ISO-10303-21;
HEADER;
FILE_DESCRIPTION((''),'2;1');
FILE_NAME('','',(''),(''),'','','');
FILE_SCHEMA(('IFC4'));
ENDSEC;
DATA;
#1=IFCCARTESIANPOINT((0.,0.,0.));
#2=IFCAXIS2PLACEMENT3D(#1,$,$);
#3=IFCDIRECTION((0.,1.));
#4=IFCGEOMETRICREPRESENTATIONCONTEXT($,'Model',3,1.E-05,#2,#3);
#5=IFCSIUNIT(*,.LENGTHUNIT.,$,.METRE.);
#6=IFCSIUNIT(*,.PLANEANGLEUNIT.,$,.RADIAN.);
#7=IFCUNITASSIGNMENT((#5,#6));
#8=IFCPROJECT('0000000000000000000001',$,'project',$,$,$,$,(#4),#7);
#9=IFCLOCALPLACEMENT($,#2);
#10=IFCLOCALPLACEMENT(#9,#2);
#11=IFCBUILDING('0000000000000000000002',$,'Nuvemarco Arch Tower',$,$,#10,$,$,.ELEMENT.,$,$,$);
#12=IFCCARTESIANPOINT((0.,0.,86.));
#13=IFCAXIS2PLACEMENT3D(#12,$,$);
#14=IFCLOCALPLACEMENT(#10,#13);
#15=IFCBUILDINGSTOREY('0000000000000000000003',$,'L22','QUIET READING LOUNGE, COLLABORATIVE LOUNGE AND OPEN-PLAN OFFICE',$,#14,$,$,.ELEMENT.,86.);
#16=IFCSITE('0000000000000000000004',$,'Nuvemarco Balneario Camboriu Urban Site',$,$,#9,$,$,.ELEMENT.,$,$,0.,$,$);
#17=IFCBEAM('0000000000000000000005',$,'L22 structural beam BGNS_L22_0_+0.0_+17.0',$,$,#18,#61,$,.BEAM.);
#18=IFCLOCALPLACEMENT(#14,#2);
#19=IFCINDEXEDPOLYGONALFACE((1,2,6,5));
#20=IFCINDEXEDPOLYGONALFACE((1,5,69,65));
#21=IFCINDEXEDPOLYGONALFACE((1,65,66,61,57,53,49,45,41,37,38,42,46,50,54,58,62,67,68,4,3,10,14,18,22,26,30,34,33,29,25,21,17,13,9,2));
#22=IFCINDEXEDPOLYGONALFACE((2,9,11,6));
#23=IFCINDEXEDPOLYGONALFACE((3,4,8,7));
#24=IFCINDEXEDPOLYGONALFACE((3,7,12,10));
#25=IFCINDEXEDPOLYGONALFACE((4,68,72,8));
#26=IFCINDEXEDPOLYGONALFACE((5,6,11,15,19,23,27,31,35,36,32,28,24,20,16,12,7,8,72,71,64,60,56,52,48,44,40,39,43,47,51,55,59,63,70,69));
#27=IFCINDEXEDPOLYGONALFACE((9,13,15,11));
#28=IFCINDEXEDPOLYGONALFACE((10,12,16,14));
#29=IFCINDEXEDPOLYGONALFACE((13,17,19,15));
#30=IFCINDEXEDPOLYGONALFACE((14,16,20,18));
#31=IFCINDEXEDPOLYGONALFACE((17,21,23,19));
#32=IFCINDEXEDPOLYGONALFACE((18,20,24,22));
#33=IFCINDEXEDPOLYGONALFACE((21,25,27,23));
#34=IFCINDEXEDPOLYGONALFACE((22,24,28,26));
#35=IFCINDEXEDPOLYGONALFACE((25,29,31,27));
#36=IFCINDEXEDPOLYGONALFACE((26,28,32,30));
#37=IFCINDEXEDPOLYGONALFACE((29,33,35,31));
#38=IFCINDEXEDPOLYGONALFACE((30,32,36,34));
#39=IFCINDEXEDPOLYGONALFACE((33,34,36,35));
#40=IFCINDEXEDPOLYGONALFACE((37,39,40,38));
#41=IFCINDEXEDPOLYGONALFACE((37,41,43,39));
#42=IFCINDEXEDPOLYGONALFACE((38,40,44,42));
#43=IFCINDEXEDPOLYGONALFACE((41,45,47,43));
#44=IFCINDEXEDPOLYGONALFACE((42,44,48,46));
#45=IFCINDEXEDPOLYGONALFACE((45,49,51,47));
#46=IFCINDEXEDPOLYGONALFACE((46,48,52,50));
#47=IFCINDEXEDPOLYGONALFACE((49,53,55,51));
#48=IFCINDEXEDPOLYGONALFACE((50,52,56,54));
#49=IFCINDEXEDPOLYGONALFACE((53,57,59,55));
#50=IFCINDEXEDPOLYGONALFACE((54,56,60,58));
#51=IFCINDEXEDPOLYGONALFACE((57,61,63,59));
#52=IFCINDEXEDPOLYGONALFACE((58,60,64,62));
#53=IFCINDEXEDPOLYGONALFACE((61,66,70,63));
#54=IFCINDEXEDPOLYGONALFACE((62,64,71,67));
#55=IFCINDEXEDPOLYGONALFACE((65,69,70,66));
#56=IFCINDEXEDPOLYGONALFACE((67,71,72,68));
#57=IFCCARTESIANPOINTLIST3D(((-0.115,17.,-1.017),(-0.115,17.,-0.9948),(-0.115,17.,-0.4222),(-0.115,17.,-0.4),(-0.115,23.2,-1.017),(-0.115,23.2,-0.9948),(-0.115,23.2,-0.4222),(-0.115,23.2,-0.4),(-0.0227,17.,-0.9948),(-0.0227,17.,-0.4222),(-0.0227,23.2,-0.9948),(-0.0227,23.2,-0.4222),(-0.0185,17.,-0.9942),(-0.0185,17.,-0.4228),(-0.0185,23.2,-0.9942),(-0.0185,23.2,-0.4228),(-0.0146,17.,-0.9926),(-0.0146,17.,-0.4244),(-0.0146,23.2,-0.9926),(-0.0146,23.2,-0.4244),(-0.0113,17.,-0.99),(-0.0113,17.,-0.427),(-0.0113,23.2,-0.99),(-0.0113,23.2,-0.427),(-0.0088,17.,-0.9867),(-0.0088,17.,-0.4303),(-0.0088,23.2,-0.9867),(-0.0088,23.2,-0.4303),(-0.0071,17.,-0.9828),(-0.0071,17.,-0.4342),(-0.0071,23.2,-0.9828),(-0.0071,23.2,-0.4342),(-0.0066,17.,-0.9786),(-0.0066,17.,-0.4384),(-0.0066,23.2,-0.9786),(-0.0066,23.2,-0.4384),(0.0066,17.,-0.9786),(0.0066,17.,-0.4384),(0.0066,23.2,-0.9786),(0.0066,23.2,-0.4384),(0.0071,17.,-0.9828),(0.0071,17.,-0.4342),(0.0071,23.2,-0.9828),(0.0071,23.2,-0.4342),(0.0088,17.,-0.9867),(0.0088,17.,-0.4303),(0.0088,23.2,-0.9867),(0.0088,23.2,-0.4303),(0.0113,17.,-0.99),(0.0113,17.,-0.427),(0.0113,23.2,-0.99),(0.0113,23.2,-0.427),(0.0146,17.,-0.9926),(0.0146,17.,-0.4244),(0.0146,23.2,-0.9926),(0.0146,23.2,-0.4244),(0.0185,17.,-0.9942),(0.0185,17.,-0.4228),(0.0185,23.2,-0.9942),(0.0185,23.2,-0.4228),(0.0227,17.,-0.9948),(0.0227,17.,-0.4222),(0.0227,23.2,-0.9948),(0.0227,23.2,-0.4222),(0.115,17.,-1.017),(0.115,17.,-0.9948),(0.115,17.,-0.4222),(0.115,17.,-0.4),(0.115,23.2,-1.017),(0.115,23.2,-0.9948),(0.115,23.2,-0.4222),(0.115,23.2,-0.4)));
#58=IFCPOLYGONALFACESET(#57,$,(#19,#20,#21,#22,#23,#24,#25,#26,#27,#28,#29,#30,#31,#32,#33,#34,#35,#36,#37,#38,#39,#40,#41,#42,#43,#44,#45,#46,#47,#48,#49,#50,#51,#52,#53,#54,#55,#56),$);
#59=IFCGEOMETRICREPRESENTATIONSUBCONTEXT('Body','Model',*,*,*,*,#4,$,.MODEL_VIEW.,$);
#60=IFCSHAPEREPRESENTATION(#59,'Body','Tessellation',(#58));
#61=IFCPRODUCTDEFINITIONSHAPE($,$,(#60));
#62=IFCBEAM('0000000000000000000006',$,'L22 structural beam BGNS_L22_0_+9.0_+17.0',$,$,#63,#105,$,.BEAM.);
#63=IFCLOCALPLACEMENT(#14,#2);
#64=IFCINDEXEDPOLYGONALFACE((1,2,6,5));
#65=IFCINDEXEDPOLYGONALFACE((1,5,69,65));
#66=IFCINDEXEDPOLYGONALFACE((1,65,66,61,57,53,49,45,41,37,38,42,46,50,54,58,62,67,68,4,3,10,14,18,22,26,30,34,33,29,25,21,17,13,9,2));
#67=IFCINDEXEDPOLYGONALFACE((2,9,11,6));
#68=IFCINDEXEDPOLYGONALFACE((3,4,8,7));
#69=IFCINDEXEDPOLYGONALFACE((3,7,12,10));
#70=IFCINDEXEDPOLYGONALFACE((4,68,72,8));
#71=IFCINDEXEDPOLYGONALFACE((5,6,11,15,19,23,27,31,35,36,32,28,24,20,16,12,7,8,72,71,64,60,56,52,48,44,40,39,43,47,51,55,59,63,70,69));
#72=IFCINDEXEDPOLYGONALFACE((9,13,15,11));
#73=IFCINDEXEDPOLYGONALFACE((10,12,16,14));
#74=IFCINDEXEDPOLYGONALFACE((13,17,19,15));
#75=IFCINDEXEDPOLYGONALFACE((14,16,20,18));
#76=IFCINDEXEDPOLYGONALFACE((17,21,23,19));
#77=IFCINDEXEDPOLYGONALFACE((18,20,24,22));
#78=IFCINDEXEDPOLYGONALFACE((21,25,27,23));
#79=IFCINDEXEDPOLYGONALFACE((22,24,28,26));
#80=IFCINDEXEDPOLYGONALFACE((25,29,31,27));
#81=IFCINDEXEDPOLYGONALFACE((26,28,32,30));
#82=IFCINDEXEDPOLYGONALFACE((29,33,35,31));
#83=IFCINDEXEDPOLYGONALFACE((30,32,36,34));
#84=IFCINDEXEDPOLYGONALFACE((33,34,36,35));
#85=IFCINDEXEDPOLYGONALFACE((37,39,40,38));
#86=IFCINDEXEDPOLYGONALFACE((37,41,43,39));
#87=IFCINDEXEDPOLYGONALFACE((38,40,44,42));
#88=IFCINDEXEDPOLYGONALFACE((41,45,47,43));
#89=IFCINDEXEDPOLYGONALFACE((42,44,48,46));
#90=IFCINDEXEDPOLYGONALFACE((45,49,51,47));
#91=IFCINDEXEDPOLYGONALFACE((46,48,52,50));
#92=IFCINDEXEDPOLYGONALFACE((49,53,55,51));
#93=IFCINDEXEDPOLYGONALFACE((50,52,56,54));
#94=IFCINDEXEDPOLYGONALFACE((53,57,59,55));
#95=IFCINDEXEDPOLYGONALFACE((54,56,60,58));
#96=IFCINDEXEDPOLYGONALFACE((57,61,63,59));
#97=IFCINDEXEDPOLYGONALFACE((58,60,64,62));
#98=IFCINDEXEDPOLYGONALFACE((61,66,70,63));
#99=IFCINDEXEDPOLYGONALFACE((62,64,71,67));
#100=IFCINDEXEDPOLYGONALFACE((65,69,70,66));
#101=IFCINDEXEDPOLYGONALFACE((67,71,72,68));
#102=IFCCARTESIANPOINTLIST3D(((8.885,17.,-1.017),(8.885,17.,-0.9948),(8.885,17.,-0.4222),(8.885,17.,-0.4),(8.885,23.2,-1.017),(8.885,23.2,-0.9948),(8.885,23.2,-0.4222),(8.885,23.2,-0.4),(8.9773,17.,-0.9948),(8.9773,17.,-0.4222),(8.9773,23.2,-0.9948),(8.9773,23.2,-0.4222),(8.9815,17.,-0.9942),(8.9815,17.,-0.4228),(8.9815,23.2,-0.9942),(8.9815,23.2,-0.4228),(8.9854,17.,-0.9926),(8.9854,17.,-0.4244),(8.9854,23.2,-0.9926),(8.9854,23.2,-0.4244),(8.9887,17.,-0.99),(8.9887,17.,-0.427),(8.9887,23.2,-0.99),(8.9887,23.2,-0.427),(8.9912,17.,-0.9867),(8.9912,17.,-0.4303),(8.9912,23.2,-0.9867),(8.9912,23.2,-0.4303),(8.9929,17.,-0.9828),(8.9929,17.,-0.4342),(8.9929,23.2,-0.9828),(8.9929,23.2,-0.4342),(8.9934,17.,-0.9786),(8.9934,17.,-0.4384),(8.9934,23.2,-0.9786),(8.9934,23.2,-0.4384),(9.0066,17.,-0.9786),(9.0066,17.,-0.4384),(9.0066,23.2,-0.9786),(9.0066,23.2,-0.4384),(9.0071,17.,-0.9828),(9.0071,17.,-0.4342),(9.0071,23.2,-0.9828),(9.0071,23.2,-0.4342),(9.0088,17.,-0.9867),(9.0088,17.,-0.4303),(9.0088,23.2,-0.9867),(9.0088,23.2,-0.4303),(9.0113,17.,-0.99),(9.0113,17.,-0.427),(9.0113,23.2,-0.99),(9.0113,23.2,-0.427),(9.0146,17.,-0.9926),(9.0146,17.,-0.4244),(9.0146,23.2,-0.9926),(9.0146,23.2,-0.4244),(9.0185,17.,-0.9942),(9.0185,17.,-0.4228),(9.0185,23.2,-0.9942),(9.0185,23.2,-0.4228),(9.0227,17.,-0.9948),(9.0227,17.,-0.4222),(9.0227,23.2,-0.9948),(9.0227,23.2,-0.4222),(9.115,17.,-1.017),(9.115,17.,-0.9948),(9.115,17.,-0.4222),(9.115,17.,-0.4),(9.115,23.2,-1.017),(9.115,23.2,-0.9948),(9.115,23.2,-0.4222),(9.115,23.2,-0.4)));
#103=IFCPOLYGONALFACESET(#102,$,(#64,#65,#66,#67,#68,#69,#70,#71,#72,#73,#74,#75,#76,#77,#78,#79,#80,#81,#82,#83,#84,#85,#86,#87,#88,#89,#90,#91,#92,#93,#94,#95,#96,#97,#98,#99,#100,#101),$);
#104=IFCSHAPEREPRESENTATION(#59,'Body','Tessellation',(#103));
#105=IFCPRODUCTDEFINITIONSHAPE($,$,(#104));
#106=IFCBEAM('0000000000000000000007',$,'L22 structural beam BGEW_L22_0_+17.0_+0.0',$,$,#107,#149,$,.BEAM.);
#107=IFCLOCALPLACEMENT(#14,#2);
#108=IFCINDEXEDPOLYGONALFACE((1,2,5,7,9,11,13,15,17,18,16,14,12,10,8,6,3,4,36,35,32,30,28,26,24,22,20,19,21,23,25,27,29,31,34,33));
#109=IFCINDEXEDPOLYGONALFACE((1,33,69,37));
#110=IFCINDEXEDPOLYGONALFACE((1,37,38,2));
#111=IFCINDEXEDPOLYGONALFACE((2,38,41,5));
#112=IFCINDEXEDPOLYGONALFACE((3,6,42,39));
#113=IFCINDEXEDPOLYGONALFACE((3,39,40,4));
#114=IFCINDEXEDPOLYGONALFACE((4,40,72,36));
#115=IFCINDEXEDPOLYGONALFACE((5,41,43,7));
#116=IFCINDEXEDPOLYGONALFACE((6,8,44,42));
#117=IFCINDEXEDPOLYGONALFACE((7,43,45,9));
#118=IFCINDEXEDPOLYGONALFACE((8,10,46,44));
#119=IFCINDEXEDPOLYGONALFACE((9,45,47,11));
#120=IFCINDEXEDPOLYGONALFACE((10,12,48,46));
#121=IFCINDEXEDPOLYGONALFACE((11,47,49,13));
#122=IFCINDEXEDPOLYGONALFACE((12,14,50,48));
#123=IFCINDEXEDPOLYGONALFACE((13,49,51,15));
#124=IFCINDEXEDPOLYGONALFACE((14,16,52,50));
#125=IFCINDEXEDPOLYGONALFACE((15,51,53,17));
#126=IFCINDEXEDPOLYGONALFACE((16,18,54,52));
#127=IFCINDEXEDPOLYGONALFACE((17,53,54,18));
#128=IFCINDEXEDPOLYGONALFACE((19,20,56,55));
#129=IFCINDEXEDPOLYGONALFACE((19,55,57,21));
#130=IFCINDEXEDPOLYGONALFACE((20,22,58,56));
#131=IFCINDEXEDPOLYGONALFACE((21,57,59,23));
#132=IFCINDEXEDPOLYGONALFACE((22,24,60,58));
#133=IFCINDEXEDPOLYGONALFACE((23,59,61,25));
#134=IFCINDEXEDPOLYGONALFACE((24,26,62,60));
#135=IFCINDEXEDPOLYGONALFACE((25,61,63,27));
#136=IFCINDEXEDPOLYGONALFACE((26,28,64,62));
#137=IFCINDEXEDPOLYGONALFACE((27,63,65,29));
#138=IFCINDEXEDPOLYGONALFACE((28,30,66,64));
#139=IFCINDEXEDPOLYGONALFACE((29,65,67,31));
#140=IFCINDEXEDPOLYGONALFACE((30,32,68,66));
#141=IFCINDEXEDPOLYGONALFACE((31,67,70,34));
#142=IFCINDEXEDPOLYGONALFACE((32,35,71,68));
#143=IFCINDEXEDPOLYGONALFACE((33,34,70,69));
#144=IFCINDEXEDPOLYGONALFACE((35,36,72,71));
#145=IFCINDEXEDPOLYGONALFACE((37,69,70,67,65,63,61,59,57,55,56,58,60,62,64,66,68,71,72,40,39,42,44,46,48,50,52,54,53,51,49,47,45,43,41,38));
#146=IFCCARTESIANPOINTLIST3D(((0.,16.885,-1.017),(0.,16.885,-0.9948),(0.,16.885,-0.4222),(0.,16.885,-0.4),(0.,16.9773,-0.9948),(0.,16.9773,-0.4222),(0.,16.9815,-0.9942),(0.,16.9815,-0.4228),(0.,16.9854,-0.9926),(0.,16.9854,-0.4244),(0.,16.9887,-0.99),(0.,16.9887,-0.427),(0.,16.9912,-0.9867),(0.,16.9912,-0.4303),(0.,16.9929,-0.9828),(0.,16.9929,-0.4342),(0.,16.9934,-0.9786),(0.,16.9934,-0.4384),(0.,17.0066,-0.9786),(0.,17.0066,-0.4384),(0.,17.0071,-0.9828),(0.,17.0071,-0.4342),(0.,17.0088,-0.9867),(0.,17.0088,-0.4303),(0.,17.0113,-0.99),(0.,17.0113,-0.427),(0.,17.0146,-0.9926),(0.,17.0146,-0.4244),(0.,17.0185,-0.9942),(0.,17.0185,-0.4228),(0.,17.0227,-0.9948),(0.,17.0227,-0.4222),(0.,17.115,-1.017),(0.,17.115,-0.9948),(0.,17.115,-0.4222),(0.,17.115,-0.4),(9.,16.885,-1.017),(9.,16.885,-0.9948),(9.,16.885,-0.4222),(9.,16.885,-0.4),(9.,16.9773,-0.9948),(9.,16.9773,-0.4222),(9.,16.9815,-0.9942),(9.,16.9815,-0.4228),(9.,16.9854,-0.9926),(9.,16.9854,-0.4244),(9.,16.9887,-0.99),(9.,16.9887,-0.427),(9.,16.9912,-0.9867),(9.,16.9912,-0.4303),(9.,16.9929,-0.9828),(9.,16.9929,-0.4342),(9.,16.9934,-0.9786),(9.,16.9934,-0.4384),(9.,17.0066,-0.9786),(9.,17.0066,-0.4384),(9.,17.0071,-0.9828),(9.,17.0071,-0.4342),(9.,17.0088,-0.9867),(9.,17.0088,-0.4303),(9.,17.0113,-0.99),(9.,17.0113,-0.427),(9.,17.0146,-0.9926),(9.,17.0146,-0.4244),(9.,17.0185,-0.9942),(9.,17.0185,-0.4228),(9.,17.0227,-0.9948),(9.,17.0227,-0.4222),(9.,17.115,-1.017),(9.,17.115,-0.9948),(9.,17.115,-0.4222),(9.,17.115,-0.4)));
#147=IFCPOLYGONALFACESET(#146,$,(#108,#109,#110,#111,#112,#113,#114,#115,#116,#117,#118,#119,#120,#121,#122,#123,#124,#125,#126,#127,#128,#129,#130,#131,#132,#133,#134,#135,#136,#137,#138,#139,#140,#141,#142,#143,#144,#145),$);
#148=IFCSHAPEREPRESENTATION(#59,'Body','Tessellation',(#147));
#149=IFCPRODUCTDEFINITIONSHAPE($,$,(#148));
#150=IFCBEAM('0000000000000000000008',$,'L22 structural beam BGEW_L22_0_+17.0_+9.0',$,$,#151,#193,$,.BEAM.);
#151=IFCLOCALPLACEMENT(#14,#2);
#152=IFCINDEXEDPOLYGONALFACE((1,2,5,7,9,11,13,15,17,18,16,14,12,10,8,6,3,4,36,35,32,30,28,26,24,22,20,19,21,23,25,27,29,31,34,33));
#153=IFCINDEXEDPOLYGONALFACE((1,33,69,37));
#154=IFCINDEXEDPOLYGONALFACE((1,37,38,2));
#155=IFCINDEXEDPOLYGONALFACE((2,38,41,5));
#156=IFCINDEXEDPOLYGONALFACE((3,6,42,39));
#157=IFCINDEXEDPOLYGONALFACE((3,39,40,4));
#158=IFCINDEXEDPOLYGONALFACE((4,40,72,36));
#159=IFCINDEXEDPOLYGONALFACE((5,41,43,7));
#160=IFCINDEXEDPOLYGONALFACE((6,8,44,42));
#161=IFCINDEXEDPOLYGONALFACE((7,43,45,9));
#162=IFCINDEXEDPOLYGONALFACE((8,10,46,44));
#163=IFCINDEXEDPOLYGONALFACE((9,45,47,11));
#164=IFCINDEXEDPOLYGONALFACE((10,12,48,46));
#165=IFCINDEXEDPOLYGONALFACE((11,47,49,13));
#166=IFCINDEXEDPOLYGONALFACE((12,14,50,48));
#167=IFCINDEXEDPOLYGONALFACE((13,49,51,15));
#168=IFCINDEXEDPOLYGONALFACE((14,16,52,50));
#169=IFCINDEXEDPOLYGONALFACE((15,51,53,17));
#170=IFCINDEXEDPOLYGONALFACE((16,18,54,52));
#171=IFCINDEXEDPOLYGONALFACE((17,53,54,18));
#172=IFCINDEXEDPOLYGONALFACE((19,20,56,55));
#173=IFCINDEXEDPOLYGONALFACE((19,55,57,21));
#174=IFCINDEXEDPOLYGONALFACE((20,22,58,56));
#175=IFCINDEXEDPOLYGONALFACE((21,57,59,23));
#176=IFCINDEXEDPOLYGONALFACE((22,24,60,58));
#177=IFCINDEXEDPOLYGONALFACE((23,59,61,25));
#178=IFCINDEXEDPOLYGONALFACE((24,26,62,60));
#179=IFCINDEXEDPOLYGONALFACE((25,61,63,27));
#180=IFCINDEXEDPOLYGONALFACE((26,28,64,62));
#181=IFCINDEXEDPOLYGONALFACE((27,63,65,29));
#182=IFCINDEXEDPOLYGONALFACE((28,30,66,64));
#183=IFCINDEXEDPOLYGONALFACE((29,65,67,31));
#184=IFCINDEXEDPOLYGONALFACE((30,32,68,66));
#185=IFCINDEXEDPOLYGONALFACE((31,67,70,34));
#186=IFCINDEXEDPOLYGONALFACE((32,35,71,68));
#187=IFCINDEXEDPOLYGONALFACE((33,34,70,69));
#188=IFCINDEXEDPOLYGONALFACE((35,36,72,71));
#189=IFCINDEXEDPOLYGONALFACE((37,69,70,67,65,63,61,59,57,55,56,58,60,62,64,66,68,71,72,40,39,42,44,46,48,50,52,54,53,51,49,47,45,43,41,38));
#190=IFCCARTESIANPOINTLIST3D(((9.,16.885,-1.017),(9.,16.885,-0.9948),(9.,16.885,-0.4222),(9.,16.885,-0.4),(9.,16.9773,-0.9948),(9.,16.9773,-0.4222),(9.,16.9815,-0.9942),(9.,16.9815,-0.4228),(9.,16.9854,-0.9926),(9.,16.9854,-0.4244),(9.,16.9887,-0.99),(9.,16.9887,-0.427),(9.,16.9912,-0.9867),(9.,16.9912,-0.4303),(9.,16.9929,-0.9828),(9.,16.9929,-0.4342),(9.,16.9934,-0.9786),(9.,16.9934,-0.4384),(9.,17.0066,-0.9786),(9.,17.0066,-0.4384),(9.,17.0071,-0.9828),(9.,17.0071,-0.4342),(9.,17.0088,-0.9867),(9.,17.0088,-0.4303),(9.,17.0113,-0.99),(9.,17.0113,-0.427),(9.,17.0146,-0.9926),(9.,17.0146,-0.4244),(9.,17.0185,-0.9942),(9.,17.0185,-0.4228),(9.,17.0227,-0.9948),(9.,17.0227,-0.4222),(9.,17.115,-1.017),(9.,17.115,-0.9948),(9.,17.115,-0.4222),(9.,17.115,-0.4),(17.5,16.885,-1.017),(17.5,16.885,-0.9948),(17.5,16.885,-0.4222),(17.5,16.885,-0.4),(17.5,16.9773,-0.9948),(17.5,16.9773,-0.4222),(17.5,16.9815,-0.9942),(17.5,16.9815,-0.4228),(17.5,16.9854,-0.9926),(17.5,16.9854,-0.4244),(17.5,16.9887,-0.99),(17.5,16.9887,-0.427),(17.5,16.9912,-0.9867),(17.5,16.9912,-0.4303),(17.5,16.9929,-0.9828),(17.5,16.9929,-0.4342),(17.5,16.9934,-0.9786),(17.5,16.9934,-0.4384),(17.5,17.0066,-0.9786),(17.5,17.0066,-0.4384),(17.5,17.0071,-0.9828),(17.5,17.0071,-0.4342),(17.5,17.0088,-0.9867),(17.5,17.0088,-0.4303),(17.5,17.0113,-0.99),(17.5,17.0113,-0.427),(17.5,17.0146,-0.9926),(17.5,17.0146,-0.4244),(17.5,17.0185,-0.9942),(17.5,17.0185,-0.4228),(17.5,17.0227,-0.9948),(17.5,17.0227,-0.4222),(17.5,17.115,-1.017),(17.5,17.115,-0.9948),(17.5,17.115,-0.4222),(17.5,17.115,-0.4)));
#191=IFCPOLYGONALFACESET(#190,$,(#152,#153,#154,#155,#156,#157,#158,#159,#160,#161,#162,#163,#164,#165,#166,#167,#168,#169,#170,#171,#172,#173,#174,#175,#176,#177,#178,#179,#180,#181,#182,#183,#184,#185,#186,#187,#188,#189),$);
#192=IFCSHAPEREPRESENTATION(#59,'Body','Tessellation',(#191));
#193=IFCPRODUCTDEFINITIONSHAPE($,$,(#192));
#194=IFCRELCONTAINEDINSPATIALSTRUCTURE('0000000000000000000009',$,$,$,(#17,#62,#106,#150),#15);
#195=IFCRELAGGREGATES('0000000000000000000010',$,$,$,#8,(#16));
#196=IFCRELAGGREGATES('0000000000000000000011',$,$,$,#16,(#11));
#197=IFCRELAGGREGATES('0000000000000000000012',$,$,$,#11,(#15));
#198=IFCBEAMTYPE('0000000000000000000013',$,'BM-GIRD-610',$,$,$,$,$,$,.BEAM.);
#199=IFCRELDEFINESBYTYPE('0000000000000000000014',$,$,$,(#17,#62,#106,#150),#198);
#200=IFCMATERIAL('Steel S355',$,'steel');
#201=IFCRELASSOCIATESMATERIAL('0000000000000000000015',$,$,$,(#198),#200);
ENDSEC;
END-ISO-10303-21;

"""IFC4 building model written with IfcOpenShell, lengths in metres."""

from ifc_helpers import new_model, si_unit, direction, frame, origin, origin_2d, place, context, subcontext, project, spatial, i_section, extrude, material, material_profile, profile_set, type_object, element, save


model = new_model("IFC4")

# Units and contexts
model_context = context("Model", 3, precision=1e-05, world=origin(), true_north=direction((0.0, 1.0)))
body_context = subcontext(model_context, "Body", "Model", "MODEL_VIEW")
ifc_project = project(units=[si_unit("LENGTHUNIT", "METRE"), si_unit("PLANEANGLEUNIT", "RADIAN")], contexts=[model_context])

# Site, building, storey
site_placement = place(None, origin())
site = spatial("IfcSite", under=ifc_project, at=site_placement, Name="Nuvemarco Balneario Camboriu Urban Site", CompositionType="ELEMENT", RefElevation=0.0)
building_placement = place(site_placement, origin())
building = spatial("IfcBuilding", under=site, at=building_placement, Name="Nuvemarco Arch Tower", CompositionType="ELEMENT")
storey_placement = place(building_placement, frame((0.0, 0.0, 86.0)))
storey = spatial("IfcBuildingStorey", under=building, at=storey_placement, Name="L22", Description="QUIET READING LOUNGE, COLLABORATIVE LOUNGE AND OPEN-PLAN OFFICE", CompositionType="ELEMENT", Elevation=86.0)

# Shared definitions
ifc_material_1 = material(Name="Steel S355", Category="steel")

# Beams
ifc_material_profile_1 = material_profile(ifc_material_1, i_section(OverallWidth=0.23, OverallDepth=0.6169, WebThickness=0.0132, FlangeThickness=0.0222, FilletRadius=0.0161, at=origin_2d()), Name="W610x140")
ifc_profile_set_1 = profile_set([ifc_material_profile_1], Name="Steel S355")
beam_type_1 = type_object("IfcBeamType", Name="BM-GIRD-610", PredefinedType="BEAM", material=ifc_profile_set_1)
for number, where, z_axis, x_axis, name in (
    (1, (0.0, 17.0, -0.7085), (0.0, 1.0, 0.0), (-1.0, 0.0, 0.0), "L22 structural beam BGNS_L22_0_+0.0_+17.0"),
    (2, (9.0, 17.0, -0.7085), (0.0, 1.0, 0.0), (-1.0, 0.0, 0.0), "L22 structural beam BGNS_L22_0_+9.0_+17.0"),
):
    element("IfcBeam", number, at=place(storey_placement, frame(where, z_axis=z_axis, x_axis=x_axis)), inside=storey, type_object=beam_type_1, Name=name, PredefinedType="BEAM", context=body_context, shape_type="SweptSolid", body=[
        extrude(i_section(OverallWidth=0.23, OverallDepth=0.6169, WebThickness=0.0132, FlangeThickness=0.0222, FilletRadius=0.0161, at=origin_2d()), origin(), (0.0, 0.0, 1.0), 6.2),
    ])
beam_1_placement = place(storey_placement, frame((0.0, 17.0, -0.7085), z_axis=(1.0, 0.0, 0.0), x_axis=(0.0, 1.0, 0.0)))
element("IfcBeam", 3, at=beam_1_placement, inside=storey, type_object=beam_type_1, Name="L22 structural beam BGEW_L22_0_+17.0_+0.0", PredefinedType="BEAM", context=body_context, shape_type="SweptSolid", body=[
    extrude(i_section(OverallWidth=0.23, OverallDepth=0.6169, WebThickness=0.0132, FlangeThickness=0.0222, FilletRadius=0.0161, at=origin_2d()), origin(), (0.0, 0.0, 1.0), 9.0),
])
beam_2_placement = place(storey_placement, frame((9.0, 17.0, -0.7085), z_axis=(1.0, 0.0, 0.0), x_axis=(0.0, 1.0, 0.0)))
element("IfcBeam", 4, at=beam_2_placement, inside=storey, type_object=beam_type_1, Name="L22 structural beam BGEW_L22_0_+17.0_+9.0", PredefinedType="BEAM", context=body_context, shape_type="SweptSolid", body=[
    extrude(i_section(OverallWidth=0.23, OverallDepth=0.6169, WebThickness=0.0132, FlangeThickness=0.0222, FilletRadius=0.0161, at=origin_2d()), origin(), (0.0, 0.0, 1.0), 8.5),
])

save(model, "model.ifc")
